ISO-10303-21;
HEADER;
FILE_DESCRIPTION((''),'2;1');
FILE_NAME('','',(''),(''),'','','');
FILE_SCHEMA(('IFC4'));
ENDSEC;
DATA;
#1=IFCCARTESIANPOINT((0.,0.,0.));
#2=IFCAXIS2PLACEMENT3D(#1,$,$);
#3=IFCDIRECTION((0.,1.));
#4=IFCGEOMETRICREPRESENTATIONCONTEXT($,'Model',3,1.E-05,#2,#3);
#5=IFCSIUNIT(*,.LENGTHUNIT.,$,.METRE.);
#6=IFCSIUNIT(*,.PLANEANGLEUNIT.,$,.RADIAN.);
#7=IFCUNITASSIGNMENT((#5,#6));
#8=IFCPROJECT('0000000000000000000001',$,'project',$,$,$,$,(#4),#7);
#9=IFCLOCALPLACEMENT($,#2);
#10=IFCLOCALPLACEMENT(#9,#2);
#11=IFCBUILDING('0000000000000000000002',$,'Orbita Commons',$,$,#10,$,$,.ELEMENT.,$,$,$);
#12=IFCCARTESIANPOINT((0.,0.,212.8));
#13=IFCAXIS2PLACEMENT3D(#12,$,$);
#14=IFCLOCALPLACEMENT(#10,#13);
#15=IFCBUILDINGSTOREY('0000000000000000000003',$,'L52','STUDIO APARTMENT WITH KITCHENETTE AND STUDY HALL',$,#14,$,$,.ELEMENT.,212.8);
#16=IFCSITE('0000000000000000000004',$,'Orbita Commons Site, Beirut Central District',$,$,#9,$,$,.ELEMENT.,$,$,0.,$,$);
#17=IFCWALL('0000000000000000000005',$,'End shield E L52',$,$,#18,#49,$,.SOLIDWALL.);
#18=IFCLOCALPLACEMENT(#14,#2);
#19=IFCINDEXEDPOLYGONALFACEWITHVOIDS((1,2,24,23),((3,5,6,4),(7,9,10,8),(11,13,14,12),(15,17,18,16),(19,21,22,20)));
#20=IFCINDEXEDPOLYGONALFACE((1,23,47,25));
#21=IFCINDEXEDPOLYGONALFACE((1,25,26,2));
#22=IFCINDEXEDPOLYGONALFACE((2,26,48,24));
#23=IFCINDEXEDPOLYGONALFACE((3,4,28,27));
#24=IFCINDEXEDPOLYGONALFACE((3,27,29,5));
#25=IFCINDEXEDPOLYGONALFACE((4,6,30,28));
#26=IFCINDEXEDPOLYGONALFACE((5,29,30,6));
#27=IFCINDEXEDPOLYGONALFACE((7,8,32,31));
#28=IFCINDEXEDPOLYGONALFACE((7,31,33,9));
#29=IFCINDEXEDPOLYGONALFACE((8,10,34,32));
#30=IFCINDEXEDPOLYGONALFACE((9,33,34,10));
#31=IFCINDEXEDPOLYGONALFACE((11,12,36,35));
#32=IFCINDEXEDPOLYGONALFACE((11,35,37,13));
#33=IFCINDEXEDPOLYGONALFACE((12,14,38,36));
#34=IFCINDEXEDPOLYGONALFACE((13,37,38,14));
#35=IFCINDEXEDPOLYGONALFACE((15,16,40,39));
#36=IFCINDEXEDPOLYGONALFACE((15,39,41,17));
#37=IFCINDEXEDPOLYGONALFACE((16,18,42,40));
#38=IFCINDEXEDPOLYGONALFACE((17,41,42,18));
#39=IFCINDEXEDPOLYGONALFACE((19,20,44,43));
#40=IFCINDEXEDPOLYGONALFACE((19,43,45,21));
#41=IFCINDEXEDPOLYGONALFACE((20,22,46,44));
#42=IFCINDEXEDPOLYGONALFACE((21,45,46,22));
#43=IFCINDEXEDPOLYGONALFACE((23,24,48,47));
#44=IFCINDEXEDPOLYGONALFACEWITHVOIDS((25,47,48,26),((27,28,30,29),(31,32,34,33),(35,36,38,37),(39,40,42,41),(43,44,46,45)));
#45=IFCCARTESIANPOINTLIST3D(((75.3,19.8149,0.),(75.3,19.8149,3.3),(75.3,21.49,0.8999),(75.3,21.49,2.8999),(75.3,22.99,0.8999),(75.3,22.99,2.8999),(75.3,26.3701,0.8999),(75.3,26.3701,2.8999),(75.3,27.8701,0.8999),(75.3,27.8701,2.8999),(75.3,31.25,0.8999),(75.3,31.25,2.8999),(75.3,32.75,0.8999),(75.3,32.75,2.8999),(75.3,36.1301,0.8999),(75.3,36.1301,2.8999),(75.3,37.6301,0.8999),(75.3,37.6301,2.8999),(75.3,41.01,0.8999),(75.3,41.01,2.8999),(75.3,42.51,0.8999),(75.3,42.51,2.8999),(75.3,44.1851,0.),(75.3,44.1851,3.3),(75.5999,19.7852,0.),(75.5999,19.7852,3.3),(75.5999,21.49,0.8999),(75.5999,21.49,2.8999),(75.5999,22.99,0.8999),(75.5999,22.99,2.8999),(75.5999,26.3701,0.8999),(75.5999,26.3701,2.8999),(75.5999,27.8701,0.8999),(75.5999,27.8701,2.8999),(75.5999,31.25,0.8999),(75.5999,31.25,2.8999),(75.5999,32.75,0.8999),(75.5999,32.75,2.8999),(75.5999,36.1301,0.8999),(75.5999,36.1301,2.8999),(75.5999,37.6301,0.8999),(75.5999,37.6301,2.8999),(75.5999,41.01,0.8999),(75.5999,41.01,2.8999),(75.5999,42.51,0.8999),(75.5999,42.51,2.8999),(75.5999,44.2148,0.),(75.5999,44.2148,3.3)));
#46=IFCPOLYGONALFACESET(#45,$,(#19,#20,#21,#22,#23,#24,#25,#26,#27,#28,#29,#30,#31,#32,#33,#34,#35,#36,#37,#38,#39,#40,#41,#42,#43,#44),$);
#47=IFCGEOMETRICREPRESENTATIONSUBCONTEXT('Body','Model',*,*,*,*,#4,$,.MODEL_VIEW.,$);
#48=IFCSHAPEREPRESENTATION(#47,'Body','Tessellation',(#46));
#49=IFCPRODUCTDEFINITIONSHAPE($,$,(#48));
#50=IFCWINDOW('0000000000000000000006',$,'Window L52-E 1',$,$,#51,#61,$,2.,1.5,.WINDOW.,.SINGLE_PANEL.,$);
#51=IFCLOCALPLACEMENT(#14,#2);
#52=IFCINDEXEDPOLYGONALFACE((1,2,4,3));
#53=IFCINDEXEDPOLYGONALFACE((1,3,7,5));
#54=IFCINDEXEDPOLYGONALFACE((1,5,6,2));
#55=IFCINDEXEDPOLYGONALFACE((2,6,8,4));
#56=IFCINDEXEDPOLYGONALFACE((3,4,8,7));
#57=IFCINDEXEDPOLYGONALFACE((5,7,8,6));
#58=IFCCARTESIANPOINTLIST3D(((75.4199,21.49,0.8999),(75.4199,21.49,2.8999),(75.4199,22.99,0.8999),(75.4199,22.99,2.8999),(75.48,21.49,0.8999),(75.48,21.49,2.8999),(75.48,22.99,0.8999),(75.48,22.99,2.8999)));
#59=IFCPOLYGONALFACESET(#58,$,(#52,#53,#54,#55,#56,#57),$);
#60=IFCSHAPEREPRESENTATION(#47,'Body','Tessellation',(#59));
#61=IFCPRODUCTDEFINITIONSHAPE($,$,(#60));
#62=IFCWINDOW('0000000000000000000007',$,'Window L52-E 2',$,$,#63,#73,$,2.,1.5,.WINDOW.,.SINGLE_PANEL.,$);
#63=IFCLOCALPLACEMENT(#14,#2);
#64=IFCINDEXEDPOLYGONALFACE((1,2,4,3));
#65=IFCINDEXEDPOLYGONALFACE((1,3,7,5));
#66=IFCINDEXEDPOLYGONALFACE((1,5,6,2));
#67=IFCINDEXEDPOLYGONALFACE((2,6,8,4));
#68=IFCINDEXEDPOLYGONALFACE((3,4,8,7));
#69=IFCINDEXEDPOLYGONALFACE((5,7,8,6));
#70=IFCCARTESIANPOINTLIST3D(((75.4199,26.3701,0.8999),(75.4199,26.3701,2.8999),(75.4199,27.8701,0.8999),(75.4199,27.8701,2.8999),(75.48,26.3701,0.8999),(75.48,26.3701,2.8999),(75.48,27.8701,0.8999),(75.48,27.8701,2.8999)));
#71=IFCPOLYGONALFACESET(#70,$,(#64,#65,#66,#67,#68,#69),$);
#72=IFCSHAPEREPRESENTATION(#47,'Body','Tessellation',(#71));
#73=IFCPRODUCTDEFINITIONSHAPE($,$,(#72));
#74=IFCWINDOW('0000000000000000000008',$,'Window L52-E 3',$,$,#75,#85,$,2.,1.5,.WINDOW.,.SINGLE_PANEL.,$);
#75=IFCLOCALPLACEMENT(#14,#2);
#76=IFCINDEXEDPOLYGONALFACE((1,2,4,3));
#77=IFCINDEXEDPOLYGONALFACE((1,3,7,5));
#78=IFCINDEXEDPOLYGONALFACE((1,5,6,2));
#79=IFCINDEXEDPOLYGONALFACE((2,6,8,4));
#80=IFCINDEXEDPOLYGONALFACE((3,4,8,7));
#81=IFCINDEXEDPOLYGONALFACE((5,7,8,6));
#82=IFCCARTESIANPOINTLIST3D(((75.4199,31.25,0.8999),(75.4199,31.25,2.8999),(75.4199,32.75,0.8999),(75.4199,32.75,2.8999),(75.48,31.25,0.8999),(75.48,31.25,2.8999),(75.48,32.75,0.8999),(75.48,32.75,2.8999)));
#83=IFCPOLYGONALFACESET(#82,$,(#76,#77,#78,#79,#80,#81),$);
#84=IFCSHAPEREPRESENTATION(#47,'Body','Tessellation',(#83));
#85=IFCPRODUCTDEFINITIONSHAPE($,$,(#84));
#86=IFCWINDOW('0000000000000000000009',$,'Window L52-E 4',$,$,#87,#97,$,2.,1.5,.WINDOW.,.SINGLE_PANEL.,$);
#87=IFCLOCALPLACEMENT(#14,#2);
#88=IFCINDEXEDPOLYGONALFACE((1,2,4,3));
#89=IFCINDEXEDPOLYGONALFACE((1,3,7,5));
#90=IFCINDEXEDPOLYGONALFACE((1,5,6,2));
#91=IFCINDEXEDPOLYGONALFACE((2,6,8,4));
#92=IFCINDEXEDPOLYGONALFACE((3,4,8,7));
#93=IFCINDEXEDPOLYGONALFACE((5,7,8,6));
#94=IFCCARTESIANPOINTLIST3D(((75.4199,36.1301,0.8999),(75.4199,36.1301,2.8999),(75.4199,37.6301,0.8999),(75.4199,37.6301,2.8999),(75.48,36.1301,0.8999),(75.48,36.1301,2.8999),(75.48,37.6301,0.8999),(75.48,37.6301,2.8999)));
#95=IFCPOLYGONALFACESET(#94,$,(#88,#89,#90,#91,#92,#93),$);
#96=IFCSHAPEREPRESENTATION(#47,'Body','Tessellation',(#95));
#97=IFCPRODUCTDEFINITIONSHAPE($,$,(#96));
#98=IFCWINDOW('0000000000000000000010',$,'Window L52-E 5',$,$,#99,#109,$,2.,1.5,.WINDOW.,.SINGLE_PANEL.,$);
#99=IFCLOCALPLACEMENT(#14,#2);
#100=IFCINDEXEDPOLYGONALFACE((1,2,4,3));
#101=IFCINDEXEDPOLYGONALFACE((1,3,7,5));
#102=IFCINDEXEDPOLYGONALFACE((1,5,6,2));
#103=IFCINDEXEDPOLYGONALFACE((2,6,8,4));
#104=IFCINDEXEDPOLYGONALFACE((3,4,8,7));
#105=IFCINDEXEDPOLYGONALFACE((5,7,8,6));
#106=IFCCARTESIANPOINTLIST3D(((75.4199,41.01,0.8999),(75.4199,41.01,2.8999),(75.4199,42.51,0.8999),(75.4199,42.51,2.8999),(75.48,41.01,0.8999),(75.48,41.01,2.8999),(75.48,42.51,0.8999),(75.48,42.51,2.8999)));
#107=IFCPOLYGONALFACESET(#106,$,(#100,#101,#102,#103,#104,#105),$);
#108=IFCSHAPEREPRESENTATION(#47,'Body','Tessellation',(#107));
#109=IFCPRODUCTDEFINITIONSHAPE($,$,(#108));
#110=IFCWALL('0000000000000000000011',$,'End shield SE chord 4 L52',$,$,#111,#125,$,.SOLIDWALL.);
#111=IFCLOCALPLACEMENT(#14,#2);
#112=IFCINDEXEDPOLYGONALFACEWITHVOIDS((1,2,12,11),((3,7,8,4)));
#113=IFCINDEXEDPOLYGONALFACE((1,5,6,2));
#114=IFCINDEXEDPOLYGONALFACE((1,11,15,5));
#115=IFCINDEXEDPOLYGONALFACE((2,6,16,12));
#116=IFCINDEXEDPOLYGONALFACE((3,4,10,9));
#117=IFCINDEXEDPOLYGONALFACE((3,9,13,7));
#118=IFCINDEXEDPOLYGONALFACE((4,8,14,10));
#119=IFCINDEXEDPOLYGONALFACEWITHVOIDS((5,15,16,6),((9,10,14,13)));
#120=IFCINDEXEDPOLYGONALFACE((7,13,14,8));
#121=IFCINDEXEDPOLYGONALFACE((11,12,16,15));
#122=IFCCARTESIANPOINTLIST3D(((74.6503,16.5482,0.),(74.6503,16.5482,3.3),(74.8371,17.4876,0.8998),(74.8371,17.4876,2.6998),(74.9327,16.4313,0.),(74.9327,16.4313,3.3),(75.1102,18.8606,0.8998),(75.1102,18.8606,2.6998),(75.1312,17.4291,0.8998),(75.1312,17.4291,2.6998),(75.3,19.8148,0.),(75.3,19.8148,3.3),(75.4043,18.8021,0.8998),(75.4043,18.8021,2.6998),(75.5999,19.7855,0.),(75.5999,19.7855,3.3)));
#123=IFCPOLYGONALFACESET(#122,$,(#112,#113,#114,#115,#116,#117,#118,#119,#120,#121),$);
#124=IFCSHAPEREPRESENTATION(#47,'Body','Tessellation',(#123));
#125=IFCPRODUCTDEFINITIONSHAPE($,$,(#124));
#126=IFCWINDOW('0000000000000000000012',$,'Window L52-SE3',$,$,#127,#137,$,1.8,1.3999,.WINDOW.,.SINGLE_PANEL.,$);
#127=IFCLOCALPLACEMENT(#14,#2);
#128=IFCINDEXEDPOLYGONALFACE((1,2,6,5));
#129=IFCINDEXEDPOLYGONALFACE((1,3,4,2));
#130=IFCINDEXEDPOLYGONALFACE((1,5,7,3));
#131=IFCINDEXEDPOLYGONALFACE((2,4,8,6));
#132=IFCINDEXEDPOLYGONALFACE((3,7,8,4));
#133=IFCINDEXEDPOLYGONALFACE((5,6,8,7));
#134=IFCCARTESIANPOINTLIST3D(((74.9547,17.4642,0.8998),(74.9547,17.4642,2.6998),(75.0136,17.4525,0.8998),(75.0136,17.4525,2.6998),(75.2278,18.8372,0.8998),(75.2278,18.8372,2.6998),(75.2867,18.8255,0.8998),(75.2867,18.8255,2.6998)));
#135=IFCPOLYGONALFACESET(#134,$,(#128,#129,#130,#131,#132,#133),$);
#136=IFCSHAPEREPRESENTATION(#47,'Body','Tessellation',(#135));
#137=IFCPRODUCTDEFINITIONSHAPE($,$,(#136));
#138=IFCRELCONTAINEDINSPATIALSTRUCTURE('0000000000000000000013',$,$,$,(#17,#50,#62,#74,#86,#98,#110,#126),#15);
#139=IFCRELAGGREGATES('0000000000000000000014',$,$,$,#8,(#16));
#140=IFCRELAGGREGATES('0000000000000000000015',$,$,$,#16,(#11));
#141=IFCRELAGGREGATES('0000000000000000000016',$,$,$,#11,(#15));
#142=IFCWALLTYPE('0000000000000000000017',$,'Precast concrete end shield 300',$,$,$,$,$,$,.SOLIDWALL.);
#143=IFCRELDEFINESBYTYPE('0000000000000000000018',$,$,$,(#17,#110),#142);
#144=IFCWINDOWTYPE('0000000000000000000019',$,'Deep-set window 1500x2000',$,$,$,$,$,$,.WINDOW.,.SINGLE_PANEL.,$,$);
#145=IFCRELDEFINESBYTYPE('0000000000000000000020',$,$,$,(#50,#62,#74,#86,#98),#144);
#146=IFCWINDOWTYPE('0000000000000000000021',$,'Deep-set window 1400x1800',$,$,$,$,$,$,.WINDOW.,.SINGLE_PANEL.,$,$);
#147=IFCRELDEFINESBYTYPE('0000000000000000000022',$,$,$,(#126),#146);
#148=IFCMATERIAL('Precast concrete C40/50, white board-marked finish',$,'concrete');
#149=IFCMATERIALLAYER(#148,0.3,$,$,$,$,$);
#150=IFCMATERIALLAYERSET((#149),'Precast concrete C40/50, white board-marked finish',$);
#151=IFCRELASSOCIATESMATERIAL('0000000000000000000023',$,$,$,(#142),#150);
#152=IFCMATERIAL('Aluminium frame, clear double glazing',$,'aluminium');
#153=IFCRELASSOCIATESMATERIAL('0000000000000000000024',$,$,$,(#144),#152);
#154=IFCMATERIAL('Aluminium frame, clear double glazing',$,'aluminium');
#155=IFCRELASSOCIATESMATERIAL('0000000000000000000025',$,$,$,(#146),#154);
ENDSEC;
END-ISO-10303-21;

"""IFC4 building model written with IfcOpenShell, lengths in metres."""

from ifc_helpers import new_model, si_unit, direction, frame, frame_2d, origin, place, context, subcontext, project, spatial, polyline, rectangle, outline, extrude, material, layer, layer_set, type_object, element, fill, save


model = new_model("IFC4")

# Units and contexts
model_context = context("Model", 3, precision=1e-05, world=origin(), true_north=direction((0.0, 1.0)))
body_context = subcontext(model_context, "Body", "Model", "MODEL_VIEW")
ifc_project = project(units=[si_unit("LENGTHUNIT", "METRE"), si_unit("PLANEANGLEUNIT", "RADIAN")], contexts=[model_context])

# Site, building, storey
site_placement = place(None, origin())
site = spatial("IfcSite", under=ifc_project, at=site_placement, Name="Orbita Commons Site, Beirut Central District", CompositionType="ELEMENT", RefElevation=0.0)
building_placement = place(site_placement, origin())
building = spatial("IfcBuilding", under=site, at=building_placement, Name="Orbita Commons", CompositionType="ELEMENT")
storey_placement = place(building_placement, frame((0.0, 0.0, 212.8)))
storey = spatial("IfcBuildingStorey", under=building, at=storey_placement, Name="L52", Description="STUDIO APARTMENT WITH KITCHENETTE AND STUDY HALL", CompositionType="ELEMENT", Elevation=212.8)

# Wall, openings, windows
ifc_material_1 = material(Name="Precast concrete C40/50, white board-marked finish", Category="concrete")
ifc_layer_1 = layer(ifc_material_1, 0.3)
ifc_layer_set_1 = layer_set([ifc_layer_1], Name="Precast concrete C40/50, white board-marked finish")
wall_type_1 = type_object("IfcWallType", Name="Precast concrete end shield 300", PredefinedType="SOLIDWALL", material=ifc_layer_set_1)
wall_1_placement = place(storey_placement, frame((75.45, 19.8, 0.0), z_axis=(0.0, 0.0, 1.0), x_axis=(0.0, 1.0, 0.0)))
wall_1 = element("IfcWall", 1, at=wall_1_placement, inside=storey, type_object=wall_type_1, Name="End shield E L52", PredefinedType="SOLIDWALL", context=body_context, shape_type="SweptSolid", body=[
    extrude(outline(polyline([(-0.0149, -0.1499), (24.4148, -0.1499), (24.385, 0.1499), (0.0149, 0.1499), (-0.0149, -0.1499)])), origin(), (0.0, 0.0, 1.0), 3.3),
])
opening_1_placement = place(wall_1_placement, frame((1.6899, 0.0, 0.8999)))
opening_1 = element("IfcOpeningElement", 2, at=opening_1_placement, cuts=wall_1, PredefinedType="OPENING", context=body_context, shape_type="SweptSolid", body=[
    extrude(rectangle(XDim=1.5, YDim=2.0, at=frame_2d((0.75, 1.0))), frame((0.0, 0.1599, 0.0), z_axis=(0.0, -1.0, 0.0), x_axis=(1.0, 0.0, 0.0)), (0.0, 0.0, 1.0), 0.3201),
])
opening_2_placement = place(wall_1_placement, frame((6.5701, 0.0, 0.8999)))
opening_2 = element("IfcOpeningElement", 3, at=opening_2_placement, cuts=wall_1, PredefinedType="OPENING", context=body_context, shape_type="SweptSolid", body=[
    extrude(rectangle(XDim=1.5, YDim=2.0, at=frame_2d((0.75, 1.0))), frame((0.0, 0.1599, 0.0), z_axis=(0.0, -1.0, 0.0), x_axis=(1.0, 0.0, 0.0)), (0.0, 0.0, 1.0), 0.3201),
])
opening_3_placement = place(wall_1_placement, frame((11.45, 0.0, 0.8999)))
opening_3 = element("IfcOpeningElement", 4, at=opening_3_placement, cuts=wall_1, PredefinedType="OPENING", context=body_context, shape_type="SweptSolid", body=[
    extrude(rectangle(XDim=1.5, YDim=2.0, at=frame_2d((0.75, 1.0))), frame((0.0, 0.1599, 0.0), z_axis=(0.0, -1.0, 0.0), x_axis=(1.0, 0.0, 0.0)), (0.0, 0.0, 1.0), 0.3201),
])
opening_4_placement = place(wall_1_placement, frame((16.3301, 0.0, 0.8999)))
opening_4 = element("IfcOpeningElement", 5, at=opening_4_placement, cuts=wall_1, PredefinedType="OPENING", context=body_context, shape_type="SweptSolid", body=[
    extrude(rectangle(XDim=1.5, YDim=2.0, at=frame_2d((0.75, 1.0))), frame((0.0, 0.1599, 0.0), z_axis=(0.0, -1.0, 0.0), x_axis=(1.0, 0.0, 0.0)), (0.0, 0.0, 1.0), 0.3201),
])
opening_5_placement = place(wall_1_placement, frame((21.21, 0.0, 0.8999)))
opening_5 = element("IfcOpeningElement", 6, at=opening_5_placement, cuts=wall_1, PredefinedType="OPENING", context=body_context, shape_type="SweptSolid", body=[
    extrude(rectangle(XDim=1.5, YDim=2.0, at=frame_2d((0.75, 1.0))), frame((0.0, 0.1599, 0.0), z_axis=(0.0, -1.0, 0.0), x_axis=(1.0, 0.0, 0.0)), (0.0, 0.0, 1.0), 0.3201),
])
ifc_material_2 = material(Name="Aluminium frame, clear double glazing", Category="aluminium")
window_type_1 = type_object("IfcWindowType", Name="Deep-set window 1500x2000", PartitioningType="SINGLE_PANEL", PredefinedType="WINDOW", material=ifc_material_2)
window_1_placement = place(opening_1_placement, origin())
window_1 = element("IfcWindow", 7, at=window_1_placement, inside=storey, type_object=window_type_1, Name="Window L52-E 1", OverallHeight=2.0, OverallWidth=1.5, PartitioningType="SINGLE_PANEL", PredefinedType="WINDOW", context=body_context, shape_type="SweptSolid", body=[
    extrude(rectangle(XDim=1.5, YDim=2.0, at=frame_2d((0.75, 1.0))), frame((0.0, 0.03, 0.0), z_axis=(0.0, -1.0, 0.0), x_axis=(1.0, 0.0, 0.0)), (0.0, 0.0, 1.0), 0.0601),
])
fill(opening_1, window_1)
window_2_placement = place(opening_2_placement, origin())
window_2 = element("IfcWindow", 8, at=window_2_placement, inside=storey, type_object=window_type_1, Name="Window L52-E 2", OverallHeight=2.0, OverallWidth=1.5, PartitioningType="SINGLE_PANEL", PredefinedType="WINDOW", context=body_context, shape_type="SweptSolid", body=[
    extrude(rectangle(XDim=1.5, YDim=2.0, at=frame_2d((0.75, 1.0))), frame((0.0, 0.03, 0.0), z_axis=(0.0, -1.0, 0.0), x_axis=(1.0, 0.0, 0.0)), (0.0, 0.0, 1.0), 0.0601),
])
fill(opening_2, window_2)
window_3_placement = place(opening_3_placement, origin())
window_3 = element("IfcWindow", 9, at=window_3_placement, inside=storey, type_object=window_type_1, Name="Window L52-E 3", OverallHeight=2.0, OverallWidth=1.5, PartitioningType="SINGLE_PANEL", PredefinedType="WINDOW", context=body_context, shape_type="SweptSolid", body=[
    extrude(rectangle(XDim=1.5, YDim=2.0, at=frame_2d((0.75, 1.0))), frame((0.0, 0.03, 0.0), z_axis=(0.0, -1.0, 0.0), x_axis=(1.0, 0.0, 0.0)), (0.0, 0.0, 1.0), 0.0601),
])
fill(opening_3, window_3)
window_4_placement = place(opening_4_placement, origin())
window_4 = element("IfcWindow", 10, at=window_4_placement, inside=storey, type_object=window_type_1, Name="Window L52-E 4", OverallHeight=2.0, OverallWidth=1.5, PartitioningType="SINGLE_PANEL", PredefinedType="WINDOW", context=body_context, shape_type="SweptSolid", body=[
    extrude(rectangle(XDim=1.5, YDim=2.0, at=frame_2d((0.75, 1.0))), frame((0.0, 0.03, 0.0), z_axis=(0.0, -1.0, 0.0), x_axis=(1.0, 0.0, 0.0)), (0.0, 0.0, 1.0), 0.0601),
])
fill(opening_4, window_4)
window_5_placement = place(opening_5_placement, origin())
window_5 = element("IfcWindow", 11, at=window_5_placement, inside=storey, type_object=window_type_1, Name="Window L52-E 5", OverallHeight=2.0, OverallWidth=1.5, PartitioningType="SINGLE_PANEL", PredefinedType="WINDOW", context=body_context, shape_type="SweptSolid", body=[
    extrude(rectangle(XDim=1.5, YDim=2.0, at=frame_2d((0.75, 1.0))), frame((0.0, 0.03, 0.0), z_axis=(0.0, -1.0, 0.0), x_axis=(1.0, 0.0, 0.0)), (0.0, 0.0, 1.0), 0.0601),
])
fill(opening_5, window_5)

# Wall, opening, window
wall_2_placement = place(storey_placement, frame((74.7915, 16.4897, 0.0), z_axis=(0.0, 0.0, 1.0), x_axis=(0.195087, 0.980786, 0.0)))
wall_2 = element("IfcWall", 12, at=wall_2_placement, inside=storey, type_object=wall_type_1, Name="End shield SE chord 4 L52", PredefinedType="SOLIDWALL", context=body_context, shape_type="SweptSolid", body=[
    extrude(outline(polyline([(-0.0298, -0.1499), (3.3901, -0.1499), (3.3604, 0.1499), (0.0298, 0.1499), (-0.0298, -0.1499)])), origin(), (0.0, 0.0, 1.0), 3.3),
])
opening_6_placement = place(wall_2_placement, frame((0.9875, 0.0, 0.8999)))
opening_6 = element("IfcOpeningElement", 13, at=opening_6_placement, cuts=wall_2, PredefinedType="OPENING", context=body_context, shape_type="SweptSolid", body=[
    extrude(rectangle(XDim=1.3999, YDim=1.8, at=frame_2d((0.7, 0.8999))), frame((0.0, 0.1599, 0.0), z_axis=(0.0, -1.0, 0.0), x_axis=(1.0, 0.0, 0.0)), (0.0, 0.0, 1.0), 0.3201),
])
ifc_material_3 = material(Name="Aluminium frame, clear double glazing", Category="aluminium")
window_type_2 = type_object("IfcWindowType", Name="Deep-set window 1400x1800", PartitioningType="SINGLE_PANEL", PredefinedType="WINDOW", material=ifc_material_3)
window_6_placement = place(opening_6_placement, origin())
window_6 = element("IfcWindow", 14, at=window_6_placement, inside=storey, type_object=window_type_2, Name="Window L52-SE3", OverallHeight=1.8, OverallWidth=1.3999, PartitioningType="SINGLE_PANEL", PredefinedType="WINDOW", context=body_context, shape_type="SweptSolid", body=[
    extrude(rectangle(XDim=1.3999, YDim=1.8, at=frame_2d((0.7, 0.8999))), frame((0.0, 0.03, 0.0), z_axis=(0.0, -1.0, 0.0), x_axis=(1.0, 0.0, 0.0)), (0.0, 0.0, 1.0), 0.0601),
])
fill(opening_6, window_6)

save(model, "model.ifc")
